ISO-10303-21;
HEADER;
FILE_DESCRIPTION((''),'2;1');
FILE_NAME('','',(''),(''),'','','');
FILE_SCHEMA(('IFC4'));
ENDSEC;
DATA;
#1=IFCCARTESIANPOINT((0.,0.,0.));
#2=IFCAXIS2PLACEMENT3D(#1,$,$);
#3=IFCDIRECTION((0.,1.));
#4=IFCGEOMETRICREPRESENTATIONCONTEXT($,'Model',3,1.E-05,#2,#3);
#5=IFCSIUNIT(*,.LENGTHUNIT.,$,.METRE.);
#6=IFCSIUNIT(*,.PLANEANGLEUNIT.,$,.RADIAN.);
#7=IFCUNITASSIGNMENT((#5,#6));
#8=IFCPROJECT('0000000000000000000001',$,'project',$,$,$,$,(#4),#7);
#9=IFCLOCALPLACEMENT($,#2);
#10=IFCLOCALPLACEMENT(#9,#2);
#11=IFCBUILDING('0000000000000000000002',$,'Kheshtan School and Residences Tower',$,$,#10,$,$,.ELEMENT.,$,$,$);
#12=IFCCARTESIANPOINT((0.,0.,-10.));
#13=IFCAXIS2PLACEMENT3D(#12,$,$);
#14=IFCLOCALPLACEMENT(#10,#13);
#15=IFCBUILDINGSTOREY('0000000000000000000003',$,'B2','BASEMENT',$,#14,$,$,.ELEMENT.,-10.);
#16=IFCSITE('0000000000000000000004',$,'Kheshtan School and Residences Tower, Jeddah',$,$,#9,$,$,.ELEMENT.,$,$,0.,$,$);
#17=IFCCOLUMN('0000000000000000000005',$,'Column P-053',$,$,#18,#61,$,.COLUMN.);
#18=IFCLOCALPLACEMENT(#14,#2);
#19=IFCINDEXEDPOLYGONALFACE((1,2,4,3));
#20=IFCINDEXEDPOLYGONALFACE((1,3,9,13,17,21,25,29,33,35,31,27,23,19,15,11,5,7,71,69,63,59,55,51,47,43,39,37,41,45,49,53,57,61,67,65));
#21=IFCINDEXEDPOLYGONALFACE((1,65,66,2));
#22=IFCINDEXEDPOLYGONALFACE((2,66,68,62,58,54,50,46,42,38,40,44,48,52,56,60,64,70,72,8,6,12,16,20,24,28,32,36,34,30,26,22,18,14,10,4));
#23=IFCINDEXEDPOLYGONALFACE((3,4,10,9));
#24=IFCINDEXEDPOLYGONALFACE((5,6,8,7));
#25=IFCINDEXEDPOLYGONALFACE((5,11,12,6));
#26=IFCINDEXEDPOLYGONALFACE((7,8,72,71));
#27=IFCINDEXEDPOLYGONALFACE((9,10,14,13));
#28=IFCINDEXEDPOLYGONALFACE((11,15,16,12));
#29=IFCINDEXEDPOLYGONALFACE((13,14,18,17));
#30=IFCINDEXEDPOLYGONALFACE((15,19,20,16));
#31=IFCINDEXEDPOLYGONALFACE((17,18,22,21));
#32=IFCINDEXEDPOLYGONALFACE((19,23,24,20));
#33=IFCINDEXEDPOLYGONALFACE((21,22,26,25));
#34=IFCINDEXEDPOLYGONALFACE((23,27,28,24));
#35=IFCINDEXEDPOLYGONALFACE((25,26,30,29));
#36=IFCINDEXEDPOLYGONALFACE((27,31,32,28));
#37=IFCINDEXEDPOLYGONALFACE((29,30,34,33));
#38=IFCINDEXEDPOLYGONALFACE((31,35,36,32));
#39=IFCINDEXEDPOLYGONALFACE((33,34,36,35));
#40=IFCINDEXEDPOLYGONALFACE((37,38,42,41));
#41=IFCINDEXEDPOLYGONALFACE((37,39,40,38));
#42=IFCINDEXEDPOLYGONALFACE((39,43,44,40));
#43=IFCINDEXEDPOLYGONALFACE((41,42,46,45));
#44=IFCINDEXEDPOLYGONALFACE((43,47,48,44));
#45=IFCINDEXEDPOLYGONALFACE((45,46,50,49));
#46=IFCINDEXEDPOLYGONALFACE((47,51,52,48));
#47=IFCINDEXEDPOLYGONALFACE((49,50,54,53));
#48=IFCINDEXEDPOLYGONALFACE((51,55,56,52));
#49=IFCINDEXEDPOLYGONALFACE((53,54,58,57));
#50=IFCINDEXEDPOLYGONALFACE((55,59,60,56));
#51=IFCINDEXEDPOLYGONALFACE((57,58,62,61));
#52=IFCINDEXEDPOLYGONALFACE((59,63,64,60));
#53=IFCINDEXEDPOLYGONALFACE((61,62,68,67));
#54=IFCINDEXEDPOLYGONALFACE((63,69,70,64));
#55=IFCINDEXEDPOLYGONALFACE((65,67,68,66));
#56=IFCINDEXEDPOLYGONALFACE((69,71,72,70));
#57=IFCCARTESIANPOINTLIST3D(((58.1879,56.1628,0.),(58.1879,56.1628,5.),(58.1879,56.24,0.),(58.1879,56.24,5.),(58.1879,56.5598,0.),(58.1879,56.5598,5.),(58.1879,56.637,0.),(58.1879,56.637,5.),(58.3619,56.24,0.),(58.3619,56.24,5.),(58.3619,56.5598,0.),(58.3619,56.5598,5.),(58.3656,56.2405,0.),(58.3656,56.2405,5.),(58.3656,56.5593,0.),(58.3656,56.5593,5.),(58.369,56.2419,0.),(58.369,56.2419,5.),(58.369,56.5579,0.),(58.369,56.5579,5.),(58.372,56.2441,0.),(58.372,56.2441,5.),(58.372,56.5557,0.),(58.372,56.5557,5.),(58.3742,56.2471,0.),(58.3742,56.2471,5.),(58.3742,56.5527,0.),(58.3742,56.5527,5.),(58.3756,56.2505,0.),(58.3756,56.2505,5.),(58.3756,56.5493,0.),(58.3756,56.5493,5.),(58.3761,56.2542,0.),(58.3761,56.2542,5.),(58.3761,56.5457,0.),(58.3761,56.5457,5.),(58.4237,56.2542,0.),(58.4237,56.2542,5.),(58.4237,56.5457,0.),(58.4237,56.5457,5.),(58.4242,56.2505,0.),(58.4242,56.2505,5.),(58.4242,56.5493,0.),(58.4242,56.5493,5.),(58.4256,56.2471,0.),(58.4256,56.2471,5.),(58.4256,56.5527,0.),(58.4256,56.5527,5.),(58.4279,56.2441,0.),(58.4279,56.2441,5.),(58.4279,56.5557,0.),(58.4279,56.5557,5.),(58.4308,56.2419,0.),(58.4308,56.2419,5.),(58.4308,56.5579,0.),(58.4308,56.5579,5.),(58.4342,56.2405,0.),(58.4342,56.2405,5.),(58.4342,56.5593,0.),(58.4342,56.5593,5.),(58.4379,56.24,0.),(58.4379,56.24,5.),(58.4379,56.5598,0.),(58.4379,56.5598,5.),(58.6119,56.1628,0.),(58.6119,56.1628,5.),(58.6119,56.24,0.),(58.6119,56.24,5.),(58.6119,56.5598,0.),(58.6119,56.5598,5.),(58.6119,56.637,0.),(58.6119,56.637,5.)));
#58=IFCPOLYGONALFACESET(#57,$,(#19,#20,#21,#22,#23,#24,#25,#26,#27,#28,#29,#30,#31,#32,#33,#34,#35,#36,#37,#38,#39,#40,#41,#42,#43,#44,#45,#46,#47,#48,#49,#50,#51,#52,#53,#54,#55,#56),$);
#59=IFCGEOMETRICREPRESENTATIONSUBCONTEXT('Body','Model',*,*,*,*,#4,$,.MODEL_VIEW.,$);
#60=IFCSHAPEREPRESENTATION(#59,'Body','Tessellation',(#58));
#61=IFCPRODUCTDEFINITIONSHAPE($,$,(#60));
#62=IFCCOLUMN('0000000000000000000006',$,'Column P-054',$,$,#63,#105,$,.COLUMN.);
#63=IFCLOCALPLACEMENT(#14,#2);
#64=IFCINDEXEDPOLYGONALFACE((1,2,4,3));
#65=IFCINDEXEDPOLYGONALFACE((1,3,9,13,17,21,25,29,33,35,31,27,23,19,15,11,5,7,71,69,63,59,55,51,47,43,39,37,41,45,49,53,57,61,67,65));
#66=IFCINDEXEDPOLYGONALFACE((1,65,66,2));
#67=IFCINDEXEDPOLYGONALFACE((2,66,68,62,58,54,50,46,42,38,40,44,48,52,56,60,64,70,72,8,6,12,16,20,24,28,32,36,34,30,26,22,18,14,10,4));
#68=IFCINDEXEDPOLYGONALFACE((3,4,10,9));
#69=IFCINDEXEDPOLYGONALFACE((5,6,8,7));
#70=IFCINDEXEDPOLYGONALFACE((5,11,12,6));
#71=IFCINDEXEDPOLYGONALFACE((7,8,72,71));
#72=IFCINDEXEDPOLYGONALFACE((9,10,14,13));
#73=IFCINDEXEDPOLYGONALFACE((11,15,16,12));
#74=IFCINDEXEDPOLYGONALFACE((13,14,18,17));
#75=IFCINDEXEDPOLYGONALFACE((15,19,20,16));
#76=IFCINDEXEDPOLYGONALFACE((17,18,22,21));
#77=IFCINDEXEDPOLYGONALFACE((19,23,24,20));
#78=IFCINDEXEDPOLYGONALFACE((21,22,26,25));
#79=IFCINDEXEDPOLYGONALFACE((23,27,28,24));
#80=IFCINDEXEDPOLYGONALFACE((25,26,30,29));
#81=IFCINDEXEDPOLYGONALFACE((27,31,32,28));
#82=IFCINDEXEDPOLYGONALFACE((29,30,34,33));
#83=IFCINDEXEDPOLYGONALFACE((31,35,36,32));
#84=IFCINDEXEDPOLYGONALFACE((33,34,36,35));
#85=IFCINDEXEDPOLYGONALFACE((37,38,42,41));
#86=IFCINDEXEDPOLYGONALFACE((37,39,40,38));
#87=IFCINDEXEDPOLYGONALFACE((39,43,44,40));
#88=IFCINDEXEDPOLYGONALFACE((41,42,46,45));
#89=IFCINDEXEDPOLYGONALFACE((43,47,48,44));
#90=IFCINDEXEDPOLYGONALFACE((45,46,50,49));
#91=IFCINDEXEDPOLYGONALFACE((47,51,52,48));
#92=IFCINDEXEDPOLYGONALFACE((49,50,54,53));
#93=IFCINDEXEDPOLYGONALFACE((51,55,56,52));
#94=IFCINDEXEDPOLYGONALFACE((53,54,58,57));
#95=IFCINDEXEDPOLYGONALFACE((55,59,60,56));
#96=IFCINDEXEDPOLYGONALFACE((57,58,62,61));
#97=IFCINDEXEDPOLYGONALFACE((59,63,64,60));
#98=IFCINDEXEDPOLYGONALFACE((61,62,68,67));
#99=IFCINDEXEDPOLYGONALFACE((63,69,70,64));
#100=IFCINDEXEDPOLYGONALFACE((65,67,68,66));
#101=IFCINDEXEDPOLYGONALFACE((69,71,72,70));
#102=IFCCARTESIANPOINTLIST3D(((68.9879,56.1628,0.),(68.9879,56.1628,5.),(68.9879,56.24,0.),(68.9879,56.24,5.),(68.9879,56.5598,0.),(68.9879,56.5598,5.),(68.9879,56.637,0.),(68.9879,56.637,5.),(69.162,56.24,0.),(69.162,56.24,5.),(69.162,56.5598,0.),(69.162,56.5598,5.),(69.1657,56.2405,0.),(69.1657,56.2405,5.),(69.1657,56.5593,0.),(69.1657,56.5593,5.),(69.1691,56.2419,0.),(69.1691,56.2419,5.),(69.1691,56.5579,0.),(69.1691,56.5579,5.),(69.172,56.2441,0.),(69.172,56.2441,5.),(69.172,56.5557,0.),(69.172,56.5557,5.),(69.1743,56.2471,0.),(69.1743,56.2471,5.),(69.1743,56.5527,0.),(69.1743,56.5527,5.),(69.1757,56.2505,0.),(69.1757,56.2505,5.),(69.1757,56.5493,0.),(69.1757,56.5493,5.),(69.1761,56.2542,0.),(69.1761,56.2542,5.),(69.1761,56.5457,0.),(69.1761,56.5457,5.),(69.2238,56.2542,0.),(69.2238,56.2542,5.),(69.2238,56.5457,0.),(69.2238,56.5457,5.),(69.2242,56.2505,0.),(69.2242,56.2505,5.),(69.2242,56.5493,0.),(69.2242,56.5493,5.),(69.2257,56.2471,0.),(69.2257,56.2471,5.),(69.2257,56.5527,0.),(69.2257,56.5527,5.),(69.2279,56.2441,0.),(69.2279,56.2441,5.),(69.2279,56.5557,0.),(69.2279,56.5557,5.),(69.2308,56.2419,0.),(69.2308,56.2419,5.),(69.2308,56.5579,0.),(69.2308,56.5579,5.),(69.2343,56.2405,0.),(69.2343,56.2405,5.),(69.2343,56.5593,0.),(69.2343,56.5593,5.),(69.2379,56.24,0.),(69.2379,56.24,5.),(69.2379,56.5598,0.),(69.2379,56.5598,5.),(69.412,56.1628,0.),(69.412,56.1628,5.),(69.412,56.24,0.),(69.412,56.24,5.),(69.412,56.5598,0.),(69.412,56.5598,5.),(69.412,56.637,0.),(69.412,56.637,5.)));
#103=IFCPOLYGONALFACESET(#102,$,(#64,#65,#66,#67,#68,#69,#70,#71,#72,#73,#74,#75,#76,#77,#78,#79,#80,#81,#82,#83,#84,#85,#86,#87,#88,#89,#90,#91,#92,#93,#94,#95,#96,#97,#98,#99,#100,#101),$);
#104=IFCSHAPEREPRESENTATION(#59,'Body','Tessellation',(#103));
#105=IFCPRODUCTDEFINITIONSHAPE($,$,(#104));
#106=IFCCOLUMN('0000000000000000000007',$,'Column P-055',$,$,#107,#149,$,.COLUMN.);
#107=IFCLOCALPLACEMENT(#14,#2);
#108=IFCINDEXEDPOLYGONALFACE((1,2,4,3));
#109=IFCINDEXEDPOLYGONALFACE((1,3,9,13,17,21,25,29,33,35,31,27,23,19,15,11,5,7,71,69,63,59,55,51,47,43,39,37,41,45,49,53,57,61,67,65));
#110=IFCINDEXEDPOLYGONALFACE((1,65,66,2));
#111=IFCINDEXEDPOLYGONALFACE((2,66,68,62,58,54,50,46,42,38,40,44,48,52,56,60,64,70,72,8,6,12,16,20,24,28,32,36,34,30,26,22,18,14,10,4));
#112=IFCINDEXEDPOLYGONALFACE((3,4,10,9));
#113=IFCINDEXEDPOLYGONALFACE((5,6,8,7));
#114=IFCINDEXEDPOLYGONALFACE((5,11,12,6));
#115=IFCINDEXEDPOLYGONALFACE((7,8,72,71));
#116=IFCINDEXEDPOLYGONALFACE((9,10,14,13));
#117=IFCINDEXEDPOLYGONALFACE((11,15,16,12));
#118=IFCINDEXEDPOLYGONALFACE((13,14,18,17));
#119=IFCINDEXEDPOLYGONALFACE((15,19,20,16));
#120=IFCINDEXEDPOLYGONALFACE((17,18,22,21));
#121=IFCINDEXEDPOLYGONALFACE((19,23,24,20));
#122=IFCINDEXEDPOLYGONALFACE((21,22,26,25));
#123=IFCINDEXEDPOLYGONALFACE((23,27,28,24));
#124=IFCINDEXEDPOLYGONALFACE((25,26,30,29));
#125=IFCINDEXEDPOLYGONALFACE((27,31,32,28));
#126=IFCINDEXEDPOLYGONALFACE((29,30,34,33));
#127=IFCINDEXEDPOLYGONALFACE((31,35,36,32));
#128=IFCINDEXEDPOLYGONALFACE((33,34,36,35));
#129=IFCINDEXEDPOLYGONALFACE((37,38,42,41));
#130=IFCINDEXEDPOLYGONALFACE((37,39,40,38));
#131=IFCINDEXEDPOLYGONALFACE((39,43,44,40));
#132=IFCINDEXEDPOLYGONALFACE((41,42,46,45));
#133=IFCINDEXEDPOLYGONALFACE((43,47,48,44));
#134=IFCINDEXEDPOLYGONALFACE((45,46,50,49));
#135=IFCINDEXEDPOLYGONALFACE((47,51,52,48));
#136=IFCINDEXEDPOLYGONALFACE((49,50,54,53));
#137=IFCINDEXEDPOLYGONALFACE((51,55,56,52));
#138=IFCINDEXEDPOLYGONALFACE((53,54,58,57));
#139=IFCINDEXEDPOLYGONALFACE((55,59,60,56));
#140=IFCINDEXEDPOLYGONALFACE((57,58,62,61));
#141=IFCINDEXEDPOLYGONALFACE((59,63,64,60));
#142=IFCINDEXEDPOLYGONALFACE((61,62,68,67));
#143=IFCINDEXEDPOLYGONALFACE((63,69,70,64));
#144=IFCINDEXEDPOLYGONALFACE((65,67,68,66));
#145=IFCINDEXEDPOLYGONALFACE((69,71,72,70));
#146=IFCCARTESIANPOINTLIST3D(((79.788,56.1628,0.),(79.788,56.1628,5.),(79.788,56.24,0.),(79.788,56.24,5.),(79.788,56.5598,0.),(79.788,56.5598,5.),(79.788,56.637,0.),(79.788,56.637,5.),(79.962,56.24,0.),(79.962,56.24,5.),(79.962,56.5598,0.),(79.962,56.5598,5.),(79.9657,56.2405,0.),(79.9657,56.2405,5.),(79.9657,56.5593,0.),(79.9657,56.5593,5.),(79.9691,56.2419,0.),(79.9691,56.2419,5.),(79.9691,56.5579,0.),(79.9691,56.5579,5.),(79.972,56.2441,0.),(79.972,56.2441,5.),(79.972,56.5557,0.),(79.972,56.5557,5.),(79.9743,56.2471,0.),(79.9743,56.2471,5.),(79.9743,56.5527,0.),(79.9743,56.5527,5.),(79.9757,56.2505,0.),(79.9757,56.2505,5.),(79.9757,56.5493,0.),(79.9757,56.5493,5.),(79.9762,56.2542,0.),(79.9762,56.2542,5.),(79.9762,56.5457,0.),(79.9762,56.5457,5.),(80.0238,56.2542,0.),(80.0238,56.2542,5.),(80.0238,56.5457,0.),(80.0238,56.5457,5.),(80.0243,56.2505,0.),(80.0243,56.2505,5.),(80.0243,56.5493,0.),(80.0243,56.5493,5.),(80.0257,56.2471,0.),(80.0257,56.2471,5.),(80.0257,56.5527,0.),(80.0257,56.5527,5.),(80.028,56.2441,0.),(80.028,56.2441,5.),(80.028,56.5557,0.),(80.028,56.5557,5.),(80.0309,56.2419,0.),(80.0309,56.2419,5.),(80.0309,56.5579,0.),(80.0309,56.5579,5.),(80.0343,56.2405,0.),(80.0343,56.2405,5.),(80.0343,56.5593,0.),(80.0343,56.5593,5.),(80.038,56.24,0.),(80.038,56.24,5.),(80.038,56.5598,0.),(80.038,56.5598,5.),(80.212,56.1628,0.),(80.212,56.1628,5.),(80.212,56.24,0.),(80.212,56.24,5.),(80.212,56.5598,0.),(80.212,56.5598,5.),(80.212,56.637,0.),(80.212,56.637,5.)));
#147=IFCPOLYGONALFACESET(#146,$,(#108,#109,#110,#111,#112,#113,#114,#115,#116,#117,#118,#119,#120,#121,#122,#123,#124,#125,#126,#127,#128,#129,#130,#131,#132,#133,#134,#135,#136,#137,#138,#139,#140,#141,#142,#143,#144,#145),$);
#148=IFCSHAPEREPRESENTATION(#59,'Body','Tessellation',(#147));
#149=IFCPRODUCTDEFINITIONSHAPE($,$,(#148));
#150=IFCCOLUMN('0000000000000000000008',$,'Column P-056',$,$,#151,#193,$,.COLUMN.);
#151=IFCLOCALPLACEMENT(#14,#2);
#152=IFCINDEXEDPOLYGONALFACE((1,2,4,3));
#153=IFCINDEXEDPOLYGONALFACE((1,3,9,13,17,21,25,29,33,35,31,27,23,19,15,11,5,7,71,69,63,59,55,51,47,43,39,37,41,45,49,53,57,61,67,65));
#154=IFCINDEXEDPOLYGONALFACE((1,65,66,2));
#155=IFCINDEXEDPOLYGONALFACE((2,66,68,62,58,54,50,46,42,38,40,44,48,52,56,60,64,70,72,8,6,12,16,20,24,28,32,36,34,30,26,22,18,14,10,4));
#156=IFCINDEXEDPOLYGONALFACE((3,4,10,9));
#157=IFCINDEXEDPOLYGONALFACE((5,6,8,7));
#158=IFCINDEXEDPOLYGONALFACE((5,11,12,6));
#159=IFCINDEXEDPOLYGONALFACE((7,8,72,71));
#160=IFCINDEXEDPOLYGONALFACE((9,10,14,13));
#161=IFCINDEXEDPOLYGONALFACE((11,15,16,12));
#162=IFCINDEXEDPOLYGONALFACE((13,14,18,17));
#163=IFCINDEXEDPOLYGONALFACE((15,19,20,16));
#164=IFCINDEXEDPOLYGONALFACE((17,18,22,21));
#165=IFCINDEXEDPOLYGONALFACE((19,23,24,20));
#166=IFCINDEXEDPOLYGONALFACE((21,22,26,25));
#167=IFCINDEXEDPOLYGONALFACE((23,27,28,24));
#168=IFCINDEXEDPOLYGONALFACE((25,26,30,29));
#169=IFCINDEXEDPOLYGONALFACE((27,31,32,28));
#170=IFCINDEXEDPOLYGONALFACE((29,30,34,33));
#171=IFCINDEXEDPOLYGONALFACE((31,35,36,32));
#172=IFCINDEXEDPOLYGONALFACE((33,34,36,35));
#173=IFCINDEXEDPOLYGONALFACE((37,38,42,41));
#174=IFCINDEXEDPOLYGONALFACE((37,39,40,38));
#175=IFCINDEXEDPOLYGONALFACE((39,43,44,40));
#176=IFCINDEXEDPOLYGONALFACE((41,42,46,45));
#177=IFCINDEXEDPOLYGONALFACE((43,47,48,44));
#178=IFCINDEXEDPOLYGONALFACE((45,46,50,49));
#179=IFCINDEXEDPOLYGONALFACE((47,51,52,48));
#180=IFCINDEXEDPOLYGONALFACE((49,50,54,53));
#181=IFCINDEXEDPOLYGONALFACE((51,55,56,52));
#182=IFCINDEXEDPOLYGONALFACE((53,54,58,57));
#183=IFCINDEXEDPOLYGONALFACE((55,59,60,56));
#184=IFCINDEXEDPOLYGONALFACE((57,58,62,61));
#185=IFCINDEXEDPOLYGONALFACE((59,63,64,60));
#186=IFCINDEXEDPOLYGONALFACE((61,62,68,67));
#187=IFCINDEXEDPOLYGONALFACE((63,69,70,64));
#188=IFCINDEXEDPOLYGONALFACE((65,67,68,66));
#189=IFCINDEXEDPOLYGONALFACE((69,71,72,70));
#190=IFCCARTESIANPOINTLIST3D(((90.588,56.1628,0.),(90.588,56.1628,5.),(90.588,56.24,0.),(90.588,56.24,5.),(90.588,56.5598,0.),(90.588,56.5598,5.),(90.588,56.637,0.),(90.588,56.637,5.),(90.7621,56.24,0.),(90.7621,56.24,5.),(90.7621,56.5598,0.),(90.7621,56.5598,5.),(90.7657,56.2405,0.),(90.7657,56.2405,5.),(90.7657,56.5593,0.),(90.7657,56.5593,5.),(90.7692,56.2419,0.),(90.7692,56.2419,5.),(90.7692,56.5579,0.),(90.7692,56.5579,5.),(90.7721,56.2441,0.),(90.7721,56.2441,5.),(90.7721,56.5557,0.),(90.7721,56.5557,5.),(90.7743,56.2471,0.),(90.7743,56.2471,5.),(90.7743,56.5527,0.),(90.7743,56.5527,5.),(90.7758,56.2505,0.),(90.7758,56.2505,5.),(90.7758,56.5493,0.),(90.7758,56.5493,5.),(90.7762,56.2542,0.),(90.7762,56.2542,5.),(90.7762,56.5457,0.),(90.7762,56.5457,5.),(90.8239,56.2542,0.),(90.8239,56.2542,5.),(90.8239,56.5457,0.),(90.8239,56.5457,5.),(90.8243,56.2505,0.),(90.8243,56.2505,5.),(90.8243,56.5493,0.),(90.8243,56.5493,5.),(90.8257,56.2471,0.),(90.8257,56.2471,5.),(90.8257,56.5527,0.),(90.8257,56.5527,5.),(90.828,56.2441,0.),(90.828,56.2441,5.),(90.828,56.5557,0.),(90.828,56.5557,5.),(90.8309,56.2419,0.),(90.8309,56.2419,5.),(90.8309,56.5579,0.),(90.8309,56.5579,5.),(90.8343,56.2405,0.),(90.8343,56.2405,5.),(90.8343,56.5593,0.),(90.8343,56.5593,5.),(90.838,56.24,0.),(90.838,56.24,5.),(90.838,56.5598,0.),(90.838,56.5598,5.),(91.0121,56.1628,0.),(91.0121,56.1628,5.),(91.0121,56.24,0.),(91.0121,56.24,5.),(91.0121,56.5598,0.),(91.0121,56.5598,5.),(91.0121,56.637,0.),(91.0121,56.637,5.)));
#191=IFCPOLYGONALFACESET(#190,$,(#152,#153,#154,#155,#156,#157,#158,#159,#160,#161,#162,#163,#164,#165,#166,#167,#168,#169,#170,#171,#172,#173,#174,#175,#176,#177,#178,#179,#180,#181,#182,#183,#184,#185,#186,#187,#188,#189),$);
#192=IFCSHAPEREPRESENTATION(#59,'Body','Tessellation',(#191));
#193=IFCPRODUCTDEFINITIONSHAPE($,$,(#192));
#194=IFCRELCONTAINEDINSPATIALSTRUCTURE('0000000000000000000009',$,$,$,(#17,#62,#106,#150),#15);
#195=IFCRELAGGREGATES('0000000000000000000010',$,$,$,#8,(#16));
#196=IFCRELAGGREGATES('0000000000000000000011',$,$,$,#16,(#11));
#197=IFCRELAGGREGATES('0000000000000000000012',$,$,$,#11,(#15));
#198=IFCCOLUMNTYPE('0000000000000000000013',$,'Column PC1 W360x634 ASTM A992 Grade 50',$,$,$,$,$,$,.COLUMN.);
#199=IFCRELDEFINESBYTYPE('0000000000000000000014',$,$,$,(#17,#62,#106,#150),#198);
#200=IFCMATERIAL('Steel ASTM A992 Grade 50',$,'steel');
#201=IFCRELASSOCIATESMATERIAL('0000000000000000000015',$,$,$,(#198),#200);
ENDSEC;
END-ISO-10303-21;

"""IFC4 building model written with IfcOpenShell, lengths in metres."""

from ifc_helpers import new_model, si_unit, direction, frame, origin, origin_2d, place, context, subcontext, project, spatial, i_section, extrude, material, material_profile, profile_set, type_object, element, save


model = new_model("IFC4")

# Units and contexts
model_context = context("Model", 3, precision=1e-05, world=origin(), true_north=direction((0.0, 1.0)))
body_context = subcontext(model_context, "Body", "Model", "MODEL_VIEW")
ifc_project = project(units=[si_unit("LENGTHUNIT", "METRE"), si_unit("PLANEANGLEUNIT", "RADIAN")], contexts=[model_context])

# Site, building, storey
site_placement = place(None, origin())
site = spatial("IfcSite", under=ifc_project, at=site_placement, Name="Kheshtan School and Residences Tower, Jeddah", CompositionType="ELEMENT", RefElevation=0.0)
building_placement = place(site_placement, origin())
building = spatial("IfcBuilding", under=site, at=building_placement, Name="Kheshtan School and Residences Tower", CompositionType="ELEMENT")
storey_placement = place(building_placement, frame((0.0, 0.0, -10.0)))
storey = spatial("IfcBuildingStorey", under=building, at=storey_placement, Name="B2", Description="BASEMENT", CompositionType="ELEMENT", Elevation=-10.0)

# Columns
ifc_material_1 = material(Name="Steel ASTM A992 Grade 50", Category="steel")
ifc_material_profile_1 = material_profile(ifc_material_1, i_section(OverallWidth=0.4241, OverallDepth=0.4741, WebThickness=0.0476, FlangeThickness=0.0771, FilletRadius=0.0142, at=origin_2d()), Name="W360x634")
ifc_profile_set_1 = profile_set([ifc_material_profile_1], Name="Steel ASTM A992 Grade 50")
column_type = type_object("IfcColumnType", Name="Column PC1 W360x634 ASTM A992 Grade 50", PredefinedType="COLUMN", material=ifc_profile_set_1)
for number, where, z_axis, x_axis, name in (
    (1, (58.3999, 56.3999, 0.0), (0.0, 0.0, 1.0), (1.0, 0.0, 0.0), "Column P-053"),
    (2, (69.2, 56.3999, 0.0), (0.0, 0.0, 1.0), (1.0, 0.0, 0.0), "Column P-054"),
    (3, (80.0, 56.3999, 0.0), (0.0, 0.0, 1.0), (1.0, 0.0, 0.0), "Column P-055"),
    (4, (90.8, 56.3999, 0.0), (0.0, 0.0, 1.0), (1.0, 0.0, 0.0), "Column P-056"),
):
    element("IfcColumn", number, at=place(storey_placement, frame(where, z_axis=z_axis, x_axis=x_axis)), inside=storey, type_object=column_type, Name=name, PredefinedType="COLUMN", context=body_context, shape_type="SweptSolid", body=[
        extrude(i_section(OverallWidth=0.4241, OverallDepth=0.4741, WebThickness=0.0476, FlangeThickness=0.0771, FilletRadius=0.0142, at=origin_2d()), origin(), (0.0, 0.0, 1.0), 5.0),
    ])

save(model, "model.ifc")
